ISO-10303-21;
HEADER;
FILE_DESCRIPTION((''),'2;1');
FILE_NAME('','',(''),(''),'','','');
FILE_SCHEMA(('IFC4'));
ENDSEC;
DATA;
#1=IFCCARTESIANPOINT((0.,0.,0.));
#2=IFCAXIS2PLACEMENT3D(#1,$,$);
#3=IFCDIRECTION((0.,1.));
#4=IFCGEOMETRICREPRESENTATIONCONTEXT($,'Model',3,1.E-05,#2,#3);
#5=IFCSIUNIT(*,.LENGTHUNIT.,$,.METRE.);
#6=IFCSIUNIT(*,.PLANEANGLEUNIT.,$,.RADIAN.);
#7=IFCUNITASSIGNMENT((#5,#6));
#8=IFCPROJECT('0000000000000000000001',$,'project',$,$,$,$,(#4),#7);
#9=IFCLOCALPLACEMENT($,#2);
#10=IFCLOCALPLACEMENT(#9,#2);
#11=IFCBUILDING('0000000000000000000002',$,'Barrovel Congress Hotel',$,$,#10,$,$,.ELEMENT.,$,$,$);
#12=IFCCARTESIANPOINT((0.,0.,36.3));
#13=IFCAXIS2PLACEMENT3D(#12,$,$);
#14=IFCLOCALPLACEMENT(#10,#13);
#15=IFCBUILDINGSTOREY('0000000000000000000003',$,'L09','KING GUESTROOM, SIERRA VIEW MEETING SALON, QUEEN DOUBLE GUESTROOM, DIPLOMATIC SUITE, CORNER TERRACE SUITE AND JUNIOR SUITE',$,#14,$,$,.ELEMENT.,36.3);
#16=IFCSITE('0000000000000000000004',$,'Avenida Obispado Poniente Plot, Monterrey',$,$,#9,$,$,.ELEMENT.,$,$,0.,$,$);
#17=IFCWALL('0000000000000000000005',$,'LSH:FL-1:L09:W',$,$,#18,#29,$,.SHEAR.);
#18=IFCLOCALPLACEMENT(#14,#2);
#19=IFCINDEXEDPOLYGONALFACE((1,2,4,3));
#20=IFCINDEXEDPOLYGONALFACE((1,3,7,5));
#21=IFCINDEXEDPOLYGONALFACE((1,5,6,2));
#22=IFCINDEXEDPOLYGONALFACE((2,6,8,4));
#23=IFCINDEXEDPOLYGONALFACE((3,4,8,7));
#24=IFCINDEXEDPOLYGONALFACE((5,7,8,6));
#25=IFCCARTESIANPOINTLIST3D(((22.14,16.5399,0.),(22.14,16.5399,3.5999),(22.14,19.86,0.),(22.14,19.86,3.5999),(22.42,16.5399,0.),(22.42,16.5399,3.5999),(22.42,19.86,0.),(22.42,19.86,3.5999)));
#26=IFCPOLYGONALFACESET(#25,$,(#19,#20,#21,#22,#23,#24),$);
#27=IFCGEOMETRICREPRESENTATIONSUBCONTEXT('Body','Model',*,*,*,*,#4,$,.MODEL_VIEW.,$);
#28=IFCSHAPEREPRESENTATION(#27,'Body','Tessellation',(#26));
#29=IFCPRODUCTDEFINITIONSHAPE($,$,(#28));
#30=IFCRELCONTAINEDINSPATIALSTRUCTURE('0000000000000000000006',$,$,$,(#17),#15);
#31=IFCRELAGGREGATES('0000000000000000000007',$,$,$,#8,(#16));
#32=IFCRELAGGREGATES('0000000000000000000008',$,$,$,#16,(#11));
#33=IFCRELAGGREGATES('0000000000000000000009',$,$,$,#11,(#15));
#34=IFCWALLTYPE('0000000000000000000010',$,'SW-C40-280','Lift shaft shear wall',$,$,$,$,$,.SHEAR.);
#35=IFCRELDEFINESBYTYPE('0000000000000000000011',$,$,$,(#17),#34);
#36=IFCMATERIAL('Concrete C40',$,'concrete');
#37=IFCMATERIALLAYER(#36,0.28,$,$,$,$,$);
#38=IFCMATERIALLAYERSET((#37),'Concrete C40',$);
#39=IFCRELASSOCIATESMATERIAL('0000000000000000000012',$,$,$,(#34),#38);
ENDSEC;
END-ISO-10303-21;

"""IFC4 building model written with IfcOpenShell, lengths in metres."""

from ifc_helpers import new_model, si_unit, direction, frame, frame_2d, origin, place, context, subcontext, project, spatial, rectangle, extrude, material, layer, layer_set, type_object, element, save


model = new_model("IFC4")

# Units and contexts
model_context = context("Model", 3, precision=1e-05, world=origin(), true_north=direction((0.0, 1.0)))
body_context = subcontext(model_context, "Body", "Model", "MODEL_VIEW")
ifc_project = project(units=[si_unit("LENGTHUNIT", "METRE"), si_unit("PLANEANGLEUNIT", "RADIAN")], contexts=[model_context])

# Site, building, storey
site_placement = place(None, origin())
site = spatial("IfcSite", under=ifc_project, at=site_placement, Name="Avenida Obispado Poniente Plot, Monterrey", CompositionType="ELEMENT", RefElevation=0.0)
building_placement = place(site_placement, origin())
building = spatial("IfcBuilding", under=site, at=building_placement, Name="Barrovel Congress Hotel", CompositionType="ELEMENT")
storey_placement = place(building_placement, frame((0.0, 0.0, 36.3)))
storey = spatial("IfcBuildingStorey", under=building, at=storey_placement, Name="L09", Description="KING GUESTROOM, SIERRA VIEW MEETING SALON, QUEEN DOUBLE GUESTROOM, DIPLOMATIC SUITE, CORNER TERRACE SUITE AND JUNIOR SUITE", CompositionType="ELEMENT", Elevation=36.3)

# Shared definitions
ifc_material_1 = material(Name="Concrete C40", Category="concrete")

# Shared definitions
ifc_layer_1 = layer(ifc_material_1, 0.28)
ifc_layer_set_1 = layer_set([ifc_layer_1], Name="Concrete C40")
wall_type_1 = type_object("IfcWallType", Name="SW-C40-280", Description="Lift shaft shear wall", PredefinedType="SHEAR", material=ifc_layer_set_1)

# Wall
wall_1_placement = place(storey_placement, frame((22.28, 19.8601, 0.0), z_axis=(0.0, 0.0, 1.0), x_axis=(0.0, -1.0, 0.0)))
element("IfcWall", 1, at=wall_1_placement, inside=storey, type_object=wall_type_1, Name="LSH:FL-1:L09:W", PredefinedType="SHEAR", context=body_context, shape_type="SweptSolid", body=[
    extrude(rectangle(XDim=3.3201, YDim=0.28, at=frame_2d((1.6602, 0.0))), origin(), (0.0, 0.0, 1.0), 3.5999),
])

save(model, "model.ifc")
